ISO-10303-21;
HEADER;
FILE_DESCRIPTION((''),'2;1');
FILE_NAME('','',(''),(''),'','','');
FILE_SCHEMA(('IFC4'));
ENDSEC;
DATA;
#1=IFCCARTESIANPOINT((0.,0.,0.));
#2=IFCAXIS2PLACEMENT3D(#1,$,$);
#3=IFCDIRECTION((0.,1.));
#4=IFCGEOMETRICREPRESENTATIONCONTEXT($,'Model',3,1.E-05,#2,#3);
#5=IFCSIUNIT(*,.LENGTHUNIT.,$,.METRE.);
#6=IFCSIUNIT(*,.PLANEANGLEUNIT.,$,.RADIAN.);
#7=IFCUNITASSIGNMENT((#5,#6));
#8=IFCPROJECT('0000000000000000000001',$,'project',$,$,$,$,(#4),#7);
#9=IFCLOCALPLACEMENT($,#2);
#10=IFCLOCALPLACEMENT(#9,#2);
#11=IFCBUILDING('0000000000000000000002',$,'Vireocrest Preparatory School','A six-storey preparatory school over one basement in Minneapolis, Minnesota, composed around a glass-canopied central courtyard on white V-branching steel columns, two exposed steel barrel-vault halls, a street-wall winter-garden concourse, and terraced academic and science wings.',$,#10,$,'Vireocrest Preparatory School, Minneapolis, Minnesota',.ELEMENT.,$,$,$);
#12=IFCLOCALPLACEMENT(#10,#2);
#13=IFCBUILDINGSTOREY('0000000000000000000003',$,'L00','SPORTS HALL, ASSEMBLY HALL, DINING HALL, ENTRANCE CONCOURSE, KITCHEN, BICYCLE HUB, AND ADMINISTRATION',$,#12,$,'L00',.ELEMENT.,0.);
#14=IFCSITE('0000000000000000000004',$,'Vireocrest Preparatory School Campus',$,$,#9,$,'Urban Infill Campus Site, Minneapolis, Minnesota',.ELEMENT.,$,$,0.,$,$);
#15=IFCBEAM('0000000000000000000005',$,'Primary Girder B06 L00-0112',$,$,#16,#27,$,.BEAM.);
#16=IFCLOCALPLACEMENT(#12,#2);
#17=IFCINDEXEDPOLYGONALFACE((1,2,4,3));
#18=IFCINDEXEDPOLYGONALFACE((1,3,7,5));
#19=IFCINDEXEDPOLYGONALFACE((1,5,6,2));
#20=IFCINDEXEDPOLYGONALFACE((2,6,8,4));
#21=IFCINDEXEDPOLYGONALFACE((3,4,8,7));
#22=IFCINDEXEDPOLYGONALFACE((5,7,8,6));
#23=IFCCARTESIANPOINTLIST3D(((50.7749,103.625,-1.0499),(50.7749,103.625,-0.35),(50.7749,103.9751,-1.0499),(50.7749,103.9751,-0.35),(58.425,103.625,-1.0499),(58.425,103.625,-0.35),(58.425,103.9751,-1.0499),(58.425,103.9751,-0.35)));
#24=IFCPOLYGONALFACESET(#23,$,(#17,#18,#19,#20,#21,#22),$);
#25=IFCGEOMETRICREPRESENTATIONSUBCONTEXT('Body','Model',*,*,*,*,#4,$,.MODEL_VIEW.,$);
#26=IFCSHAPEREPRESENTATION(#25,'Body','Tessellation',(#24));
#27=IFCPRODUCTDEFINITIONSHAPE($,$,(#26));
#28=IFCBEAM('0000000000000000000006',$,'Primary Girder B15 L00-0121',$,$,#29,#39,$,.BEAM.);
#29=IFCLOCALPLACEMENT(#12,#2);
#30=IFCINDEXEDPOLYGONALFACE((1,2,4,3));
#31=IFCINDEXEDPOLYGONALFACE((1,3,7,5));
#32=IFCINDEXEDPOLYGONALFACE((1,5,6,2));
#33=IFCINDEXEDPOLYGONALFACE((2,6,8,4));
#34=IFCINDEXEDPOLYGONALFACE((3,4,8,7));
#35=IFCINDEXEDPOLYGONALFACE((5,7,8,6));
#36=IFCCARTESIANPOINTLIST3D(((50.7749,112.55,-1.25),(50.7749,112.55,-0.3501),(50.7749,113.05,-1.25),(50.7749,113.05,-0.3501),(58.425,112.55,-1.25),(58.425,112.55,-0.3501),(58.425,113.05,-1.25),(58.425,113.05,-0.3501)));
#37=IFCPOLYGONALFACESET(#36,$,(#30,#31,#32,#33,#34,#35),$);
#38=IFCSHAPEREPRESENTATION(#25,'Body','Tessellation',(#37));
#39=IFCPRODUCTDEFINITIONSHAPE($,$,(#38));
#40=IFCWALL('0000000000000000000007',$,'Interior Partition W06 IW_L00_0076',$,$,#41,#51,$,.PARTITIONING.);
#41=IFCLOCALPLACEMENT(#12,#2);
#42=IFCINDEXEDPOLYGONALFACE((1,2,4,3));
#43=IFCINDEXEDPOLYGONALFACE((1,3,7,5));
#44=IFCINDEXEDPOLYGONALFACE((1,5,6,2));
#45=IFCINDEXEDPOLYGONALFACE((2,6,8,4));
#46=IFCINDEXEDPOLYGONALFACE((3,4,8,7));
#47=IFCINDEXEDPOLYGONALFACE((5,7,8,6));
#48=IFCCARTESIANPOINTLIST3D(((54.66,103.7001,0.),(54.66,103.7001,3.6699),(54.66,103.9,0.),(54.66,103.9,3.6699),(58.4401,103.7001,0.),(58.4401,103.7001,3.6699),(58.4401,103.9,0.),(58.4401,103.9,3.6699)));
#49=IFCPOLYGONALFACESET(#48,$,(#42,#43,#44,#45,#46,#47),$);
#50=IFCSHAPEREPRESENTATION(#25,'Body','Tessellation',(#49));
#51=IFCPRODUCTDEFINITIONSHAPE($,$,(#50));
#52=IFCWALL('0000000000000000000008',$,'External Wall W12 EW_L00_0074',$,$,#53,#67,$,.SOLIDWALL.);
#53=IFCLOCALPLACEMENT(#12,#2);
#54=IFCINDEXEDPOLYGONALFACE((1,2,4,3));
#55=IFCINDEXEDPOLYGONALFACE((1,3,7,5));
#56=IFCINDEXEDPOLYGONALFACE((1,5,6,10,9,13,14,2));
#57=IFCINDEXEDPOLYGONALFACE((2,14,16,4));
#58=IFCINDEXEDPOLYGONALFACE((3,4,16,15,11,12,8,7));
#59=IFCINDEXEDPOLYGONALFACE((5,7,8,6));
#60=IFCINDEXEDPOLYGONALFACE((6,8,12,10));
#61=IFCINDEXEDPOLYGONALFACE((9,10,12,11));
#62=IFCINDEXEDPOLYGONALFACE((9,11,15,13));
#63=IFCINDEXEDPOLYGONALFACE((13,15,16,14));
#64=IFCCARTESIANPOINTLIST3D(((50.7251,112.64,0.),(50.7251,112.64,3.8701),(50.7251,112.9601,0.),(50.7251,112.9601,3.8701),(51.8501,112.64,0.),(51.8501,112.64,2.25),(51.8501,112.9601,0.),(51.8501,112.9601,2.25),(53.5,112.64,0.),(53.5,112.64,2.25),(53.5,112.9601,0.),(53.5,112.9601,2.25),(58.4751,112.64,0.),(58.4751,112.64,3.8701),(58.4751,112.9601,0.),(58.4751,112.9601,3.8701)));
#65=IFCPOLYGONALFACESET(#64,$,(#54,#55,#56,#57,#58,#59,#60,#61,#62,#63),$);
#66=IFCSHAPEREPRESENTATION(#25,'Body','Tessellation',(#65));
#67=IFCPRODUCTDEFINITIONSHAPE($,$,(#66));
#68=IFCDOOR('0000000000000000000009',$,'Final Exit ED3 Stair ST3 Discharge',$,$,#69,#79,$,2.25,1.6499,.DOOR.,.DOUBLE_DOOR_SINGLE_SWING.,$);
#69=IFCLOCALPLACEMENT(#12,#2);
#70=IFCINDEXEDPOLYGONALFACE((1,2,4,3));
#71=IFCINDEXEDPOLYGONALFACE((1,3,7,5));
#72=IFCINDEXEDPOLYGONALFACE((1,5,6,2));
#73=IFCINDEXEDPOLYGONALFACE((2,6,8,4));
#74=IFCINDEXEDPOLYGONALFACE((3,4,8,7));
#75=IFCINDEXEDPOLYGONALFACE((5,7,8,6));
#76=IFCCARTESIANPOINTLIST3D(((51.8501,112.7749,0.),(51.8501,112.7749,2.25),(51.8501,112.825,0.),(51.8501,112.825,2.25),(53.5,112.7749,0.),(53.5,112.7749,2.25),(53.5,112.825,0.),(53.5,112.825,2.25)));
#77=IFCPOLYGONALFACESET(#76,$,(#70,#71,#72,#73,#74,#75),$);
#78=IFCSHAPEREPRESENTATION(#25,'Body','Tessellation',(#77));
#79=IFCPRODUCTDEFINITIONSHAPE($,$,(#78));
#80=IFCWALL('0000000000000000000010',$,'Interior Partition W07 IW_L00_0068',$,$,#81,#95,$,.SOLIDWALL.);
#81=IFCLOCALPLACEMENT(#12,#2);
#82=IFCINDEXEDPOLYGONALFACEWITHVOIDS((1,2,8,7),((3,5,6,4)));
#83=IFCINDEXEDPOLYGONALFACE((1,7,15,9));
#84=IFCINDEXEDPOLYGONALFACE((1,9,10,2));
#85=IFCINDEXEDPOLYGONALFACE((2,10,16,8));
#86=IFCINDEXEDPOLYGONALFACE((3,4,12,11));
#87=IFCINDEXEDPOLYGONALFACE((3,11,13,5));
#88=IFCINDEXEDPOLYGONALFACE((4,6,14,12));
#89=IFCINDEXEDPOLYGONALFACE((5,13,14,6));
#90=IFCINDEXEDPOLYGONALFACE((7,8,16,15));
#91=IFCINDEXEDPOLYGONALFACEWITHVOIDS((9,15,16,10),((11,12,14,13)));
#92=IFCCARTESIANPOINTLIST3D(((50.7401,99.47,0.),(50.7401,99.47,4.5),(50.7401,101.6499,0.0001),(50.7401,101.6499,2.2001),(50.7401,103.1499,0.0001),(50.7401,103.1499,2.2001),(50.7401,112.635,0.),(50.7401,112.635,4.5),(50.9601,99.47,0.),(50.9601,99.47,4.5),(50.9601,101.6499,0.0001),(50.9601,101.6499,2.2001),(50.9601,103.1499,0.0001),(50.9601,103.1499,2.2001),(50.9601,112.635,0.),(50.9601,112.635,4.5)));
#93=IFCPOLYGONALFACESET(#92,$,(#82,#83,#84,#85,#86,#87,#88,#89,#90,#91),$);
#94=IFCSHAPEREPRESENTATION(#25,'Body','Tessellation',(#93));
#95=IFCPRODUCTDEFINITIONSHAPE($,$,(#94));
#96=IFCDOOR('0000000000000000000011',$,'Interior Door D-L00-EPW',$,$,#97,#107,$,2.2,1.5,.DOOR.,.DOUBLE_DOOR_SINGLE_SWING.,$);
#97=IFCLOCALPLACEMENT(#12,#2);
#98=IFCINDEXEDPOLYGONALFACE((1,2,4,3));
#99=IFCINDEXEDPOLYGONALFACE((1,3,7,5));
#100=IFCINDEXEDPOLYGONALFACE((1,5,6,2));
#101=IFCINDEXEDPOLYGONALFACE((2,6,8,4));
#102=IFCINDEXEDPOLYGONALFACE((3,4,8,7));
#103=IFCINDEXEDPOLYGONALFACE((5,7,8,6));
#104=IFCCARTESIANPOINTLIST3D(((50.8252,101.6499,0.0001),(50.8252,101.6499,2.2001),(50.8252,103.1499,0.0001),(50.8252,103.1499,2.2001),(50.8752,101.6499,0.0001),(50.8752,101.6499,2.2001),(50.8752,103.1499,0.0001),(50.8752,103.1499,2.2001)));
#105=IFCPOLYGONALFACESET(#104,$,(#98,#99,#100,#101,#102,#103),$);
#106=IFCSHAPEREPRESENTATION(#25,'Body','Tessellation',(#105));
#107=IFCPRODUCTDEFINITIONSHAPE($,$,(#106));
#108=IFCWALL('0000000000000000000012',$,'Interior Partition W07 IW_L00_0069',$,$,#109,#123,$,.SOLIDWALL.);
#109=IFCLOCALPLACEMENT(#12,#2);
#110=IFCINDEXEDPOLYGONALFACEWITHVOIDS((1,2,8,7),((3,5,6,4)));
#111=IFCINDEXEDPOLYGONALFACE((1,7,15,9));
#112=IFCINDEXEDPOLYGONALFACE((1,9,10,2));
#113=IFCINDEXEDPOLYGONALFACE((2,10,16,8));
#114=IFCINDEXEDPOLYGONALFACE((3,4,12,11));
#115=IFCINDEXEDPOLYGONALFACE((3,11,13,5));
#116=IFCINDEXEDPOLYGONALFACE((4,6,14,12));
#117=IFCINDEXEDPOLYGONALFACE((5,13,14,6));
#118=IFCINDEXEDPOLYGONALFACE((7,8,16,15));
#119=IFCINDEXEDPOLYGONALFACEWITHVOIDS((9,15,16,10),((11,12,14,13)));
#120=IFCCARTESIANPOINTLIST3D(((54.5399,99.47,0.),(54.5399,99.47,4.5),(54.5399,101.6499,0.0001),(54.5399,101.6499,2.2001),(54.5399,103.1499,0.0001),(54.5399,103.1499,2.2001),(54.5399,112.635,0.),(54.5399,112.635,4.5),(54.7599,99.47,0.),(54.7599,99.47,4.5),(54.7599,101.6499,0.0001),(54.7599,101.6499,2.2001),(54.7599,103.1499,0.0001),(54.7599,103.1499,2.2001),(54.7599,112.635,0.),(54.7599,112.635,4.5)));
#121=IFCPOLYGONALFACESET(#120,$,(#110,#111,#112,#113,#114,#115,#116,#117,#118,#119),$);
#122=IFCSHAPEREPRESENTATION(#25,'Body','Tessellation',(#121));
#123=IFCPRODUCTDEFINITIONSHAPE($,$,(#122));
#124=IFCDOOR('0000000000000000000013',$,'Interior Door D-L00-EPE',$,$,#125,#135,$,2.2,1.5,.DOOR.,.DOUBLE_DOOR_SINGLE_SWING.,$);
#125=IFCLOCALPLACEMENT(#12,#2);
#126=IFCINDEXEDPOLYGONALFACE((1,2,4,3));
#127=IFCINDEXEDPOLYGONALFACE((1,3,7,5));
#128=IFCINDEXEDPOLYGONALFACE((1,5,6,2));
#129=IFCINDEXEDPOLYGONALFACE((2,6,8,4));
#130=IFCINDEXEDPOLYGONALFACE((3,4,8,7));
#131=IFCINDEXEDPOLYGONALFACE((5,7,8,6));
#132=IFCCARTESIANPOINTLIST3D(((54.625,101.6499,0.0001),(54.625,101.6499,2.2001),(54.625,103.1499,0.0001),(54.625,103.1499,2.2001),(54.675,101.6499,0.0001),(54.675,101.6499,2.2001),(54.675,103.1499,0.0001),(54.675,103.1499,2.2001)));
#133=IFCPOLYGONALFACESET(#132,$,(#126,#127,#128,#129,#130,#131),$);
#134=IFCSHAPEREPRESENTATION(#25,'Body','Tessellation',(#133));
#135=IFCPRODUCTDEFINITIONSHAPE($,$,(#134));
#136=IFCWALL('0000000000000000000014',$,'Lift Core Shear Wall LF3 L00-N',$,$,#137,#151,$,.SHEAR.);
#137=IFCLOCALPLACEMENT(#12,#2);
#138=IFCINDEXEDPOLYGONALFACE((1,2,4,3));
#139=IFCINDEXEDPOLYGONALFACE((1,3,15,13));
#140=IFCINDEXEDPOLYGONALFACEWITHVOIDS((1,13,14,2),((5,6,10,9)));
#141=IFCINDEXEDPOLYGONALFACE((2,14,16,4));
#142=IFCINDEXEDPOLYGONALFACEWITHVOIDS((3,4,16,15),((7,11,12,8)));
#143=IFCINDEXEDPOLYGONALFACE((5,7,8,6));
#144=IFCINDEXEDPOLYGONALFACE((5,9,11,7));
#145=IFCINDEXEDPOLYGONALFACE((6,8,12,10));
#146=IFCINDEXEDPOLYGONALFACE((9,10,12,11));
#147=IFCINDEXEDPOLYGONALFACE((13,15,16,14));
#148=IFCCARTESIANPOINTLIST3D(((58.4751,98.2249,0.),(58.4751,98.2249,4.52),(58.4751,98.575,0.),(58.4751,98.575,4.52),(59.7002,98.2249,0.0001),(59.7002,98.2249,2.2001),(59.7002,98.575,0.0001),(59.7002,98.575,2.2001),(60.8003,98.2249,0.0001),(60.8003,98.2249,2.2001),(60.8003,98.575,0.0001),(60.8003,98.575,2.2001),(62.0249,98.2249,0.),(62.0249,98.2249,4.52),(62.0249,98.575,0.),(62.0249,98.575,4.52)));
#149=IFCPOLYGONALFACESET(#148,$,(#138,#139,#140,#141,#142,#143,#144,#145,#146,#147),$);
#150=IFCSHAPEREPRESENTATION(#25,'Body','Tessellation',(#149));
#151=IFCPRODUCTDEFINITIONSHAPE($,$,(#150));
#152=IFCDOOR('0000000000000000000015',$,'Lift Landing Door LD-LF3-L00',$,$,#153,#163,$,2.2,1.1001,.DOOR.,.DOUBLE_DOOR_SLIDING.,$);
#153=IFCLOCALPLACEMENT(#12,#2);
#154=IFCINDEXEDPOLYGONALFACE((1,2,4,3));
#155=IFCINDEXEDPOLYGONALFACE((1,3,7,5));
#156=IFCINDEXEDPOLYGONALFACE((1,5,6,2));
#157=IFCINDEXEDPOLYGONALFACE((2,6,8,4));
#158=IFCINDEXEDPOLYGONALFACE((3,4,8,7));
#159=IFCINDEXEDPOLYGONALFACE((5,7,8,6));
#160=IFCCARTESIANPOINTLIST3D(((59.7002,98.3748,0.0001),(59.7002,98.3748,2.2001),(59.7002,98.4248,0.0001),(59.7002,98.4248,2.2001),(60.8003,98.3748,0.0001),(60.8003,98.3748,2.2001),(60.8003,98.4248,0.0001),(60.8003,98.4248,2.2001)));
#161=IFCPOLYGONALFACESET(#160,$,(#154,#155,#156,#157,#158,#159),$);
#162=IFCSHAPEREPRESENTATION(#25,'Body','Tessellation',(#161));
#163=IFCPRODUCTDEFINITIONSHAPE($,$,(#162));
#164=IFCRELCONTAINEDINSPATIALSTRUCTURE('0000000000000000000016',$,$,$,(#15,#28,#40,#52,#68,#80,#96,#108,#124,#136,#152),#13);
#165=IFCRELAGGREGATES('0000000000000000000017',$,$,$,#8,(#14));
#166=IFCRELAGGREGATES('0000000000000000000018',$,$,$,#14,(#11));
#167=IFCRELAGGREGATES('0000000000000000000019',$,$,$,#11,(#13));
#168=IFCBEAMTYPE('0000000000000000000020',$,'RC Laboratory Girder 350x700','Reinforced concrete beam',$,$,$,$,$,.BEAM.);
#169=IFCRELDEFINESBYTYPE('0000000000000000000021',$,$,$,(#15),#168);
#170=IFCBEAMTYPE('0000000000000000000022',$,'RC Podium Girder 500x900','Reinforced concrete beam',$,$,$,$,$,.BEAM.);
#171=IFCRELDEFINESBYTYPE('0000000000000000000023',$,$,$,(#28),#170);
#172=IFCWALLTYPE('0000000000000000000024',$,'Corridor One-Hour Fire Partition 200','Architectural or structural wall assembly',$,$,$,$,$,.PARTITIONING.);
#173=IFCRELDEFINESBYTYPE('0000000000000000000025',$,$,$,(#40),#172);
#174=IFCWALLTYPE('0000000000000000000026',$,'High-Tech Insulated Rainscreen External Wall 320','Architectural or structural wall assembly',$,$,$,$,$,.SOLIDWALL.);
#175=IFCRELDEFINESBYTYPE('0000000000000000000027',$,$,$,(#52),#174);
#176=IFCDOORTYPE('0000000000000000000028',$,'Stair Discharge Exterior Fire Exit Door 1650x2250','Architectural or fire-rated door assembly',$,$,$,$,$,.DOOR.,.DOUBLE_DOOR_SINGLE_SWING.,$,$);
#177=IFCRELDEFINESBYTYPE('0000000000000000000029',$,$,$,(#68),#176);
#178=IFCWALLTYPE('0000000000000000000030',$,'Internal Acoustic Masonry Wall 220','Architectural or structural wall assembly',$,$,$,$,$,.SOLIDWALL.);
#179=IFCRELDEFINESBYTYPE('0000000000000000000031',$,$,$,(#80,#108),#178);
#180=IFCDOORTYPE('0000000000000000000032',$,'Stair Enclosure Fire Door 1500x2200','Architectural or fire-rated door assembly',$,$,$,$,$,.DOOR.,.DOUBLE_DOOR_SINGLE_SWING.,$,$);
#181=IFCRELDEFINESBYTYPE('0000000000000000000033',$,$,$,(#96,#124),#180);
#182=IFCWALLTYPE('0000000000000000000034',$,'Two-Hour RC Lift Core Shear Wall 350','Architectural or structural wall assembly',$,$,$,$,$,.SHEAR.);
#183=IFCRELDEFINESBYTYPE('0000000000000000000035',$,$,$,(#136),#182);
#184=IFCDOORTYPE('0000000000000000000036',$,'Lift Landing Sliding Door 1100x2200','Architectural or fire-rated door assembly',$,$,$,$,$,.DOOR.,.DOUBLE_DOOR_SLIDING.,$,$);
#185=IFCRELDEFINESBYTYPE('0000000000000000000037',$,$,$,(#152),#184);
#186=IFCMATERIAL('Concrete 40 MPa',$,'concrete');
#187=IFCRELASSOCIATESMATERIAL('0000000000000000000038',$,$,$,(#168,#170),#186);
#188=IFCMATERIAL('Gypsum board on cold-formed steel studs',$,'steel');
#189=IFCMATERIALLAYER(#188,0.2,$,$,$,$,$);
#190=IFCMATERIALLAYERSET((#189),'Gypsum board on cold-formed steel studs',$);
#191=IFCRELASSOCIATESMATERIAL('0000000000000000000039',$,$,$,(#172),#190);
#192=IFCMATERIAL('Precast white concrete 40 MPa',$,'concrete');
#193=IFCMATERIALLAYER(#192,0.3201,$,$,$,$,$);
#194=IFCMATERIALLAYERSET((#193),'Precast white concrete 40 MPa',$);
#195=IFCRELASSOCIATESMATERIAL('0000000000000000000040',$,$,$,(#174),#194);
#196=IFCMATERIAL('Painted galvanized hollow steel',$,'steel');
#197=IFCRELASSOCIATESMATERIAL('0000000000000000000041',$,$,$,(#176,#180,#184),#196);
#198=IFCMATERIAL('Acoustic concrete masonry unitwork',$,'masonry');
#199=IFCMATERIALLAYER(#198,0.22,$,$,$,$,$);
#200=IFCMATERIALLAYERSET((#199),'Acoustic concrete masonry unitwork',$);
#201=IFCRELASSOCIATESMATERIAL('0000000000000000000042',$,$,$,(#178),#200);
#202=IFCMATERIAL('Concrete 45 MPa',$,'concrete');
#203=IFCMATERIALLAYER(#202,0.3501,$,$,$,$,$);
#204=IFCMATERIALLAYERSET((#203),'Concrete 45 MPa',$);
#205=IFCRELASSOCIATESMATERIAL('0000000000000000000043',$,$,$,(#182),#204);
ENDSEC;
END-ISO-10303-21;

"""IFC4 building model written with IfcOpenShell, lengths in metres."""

from ifc_helpers import new_model, si_unit, direction, frame, frame_2d, origin, origin_2d, place, context, subcontext, project, spatial, rectangle, extrude, material, layer, layer_set, material_profile, profile_set, type_object, element, fill, save


model = new_model("IFC4")

# Units and contexts
model_context = context("Model", 3, precision=1e-05, world=origin(), true_north=direction((0.0, 1.0)))
body_context = subcontext(model_context, "Body", "Model", "MODEL_VIEW")
ifc_project = project(units=[si_unit("LENGTHUNIT", "METRE"), si_unit("PLANEANGLEUNIT", "RADIAN")], contexts=[model_context])

# Site, building, storey
site_placement = place(None, origin())
site = spatial("IfcSite", under=ifc_project, at=site_placement, Name="Vireocrest Preparatory School Campus", LongName="Urban Infill Campus Site, Minneapolis, Minnesota", CompositionType="ELEMENT", RefElevation=0.0)
building_placement = place(site_placement, origin())
building = spatial("IfcBuilding", under=site, at=building_placement, Name="Vireocrest Preparatory School", Description="A six-storey preparatory school over one basement in Minneapolis, Minnesota, composed around a glass-canopied central courtyard on white V-branching steel columns, two exposed steel barrel-vault halls, a street-wall winter-garden concourse, and terraced academic and science wings.", LongName="Vireocrest Preparatory School, Minneapolis, Minnesota", CompositionType="ELEMENT")
storey_placement = place(building_placement, origin())
storey = spatial("IfcBuildingStorey", under=building, at=storey_placement, Name="L00", Description="SPORTS HALL, ASSEMBLY HALL, DINING HALL, ENTRANCE CONCOURSE, KITCHEN, BICYCLE HUB, AND ADMINISTRATION", LongName="L00", CompositionType="ELEMENT", Elevation=0.0)

# Beams
ifc_material_1 = material(Name="Concrete 40 MPa", Category="concrete")
ifc_material_profile_1 = material_profile(ifc_material_1, rectangle(XDim=0.3501, YDim=0.7, at=origin_2d()), Name="RC 350x700")
ifc_profile_set_1 = profile_set([ifc_material_profile_1], Name="Concrete 40 MPa")
beam_type_1 = type_object("IfcBeamType", Name="RC Laboratory Girder 350x700", Description="Reinforced concrete beam", PredefinedType="BEAM", material=ifc_profile_set_1)
beam_1_placement = place(storey_placement, frame((50.7749, 103.8, -0.7), z_axis=(1.0, 0.0, 0.0), x_axis=(0.0, 1.0, 0.0)))
element("IfcBeam", 1, at=beam_1_placement, inside=storey, type_object=beam_type_1, Name="Primary Girder B06 L00-0112", PredefinedType="BEAM", context=body_context, shape_type="SweptSolid", body=[
    extrude(rectangle(XDim=0.3501, YDim=0.7, at=origin_2d()), origin(), (0.0, 0.0, 1.0), 7.6501),
])
ifc_material_profile_2 = material_profile(ifc_material_1, rectangle(XDim=0.5, YDim=0.8999, at=origin_2d()), Name="RC 500x900")
ifc_profile_set_2 = profile_set([ifc_material_profile_2], Name="Concrete 40 MPa")
beam_type_2 = type_object("IfcBeamType", Name="RC Podium Girder 500x900", Description="Reinforced concrete beam", PredefinedType="BEAM", material=ifc_profile_set_2)
beam_2_placement = place(storey_placement, frame((50.7749, 112.8, -0.8), z_axis=(1.0, 0.0, 0.0), x_axis=(0.0, 1.0, 0.0)))
element("IfcBeam", 2, at=beam_2_placement, inside=storey, type_object=beam_type_2, Name="Primary Girder B15 L00-0121", PredefinedType="BEAM", context=body_context, shape_type="SweptSolid", body=[
    extrude(rectangle(XDim=0.5, YDim=0.8999, at=origin_2d()), origin(), (0.0, 0.0, 1.0), 7.6501),
])

# Wall
ifc_material_2 = material(Name="Gypsum board on cold-formed steel studs", Category="steel")
ifc_layer_1 = layer(ifc_material_2, 0.2)
ifc_layer_set_1 = layer_set([ifc_layer_1], Name="Gypsum board on cold-formed steel studs")
wall_type_1 = type_object("IfcWallType", Name="Corridor One-Hour Fire Partition 200", Description="Architectural or structural wall assembly", PredefinedType="PARTITIONING", material=ifc_layer_set_1)
wall_1_placement = place(storey_placement, frame((54.6599, 103.8, 0.0), z_axis=(0.0, 0.0, 1.0), x_axis=(1.0, 0.0, 0.0)))
element("IfcWall", 3, at=wall_1_placement, inside=storey, type_object=wall_type_1, Name="Interior Partition W06 IW_L00_0076", PredefinedType="PARTITIONING", context=body_context, shape_type="SweptSolid", body=[
    extrude(rectangle(XDim=3.78, YDim=0.2, at=frame_2d((1.8901, 0.0))), origin(), (0.0, 0.0, 1.0), 3.6699),
])

# Walls, openings, doors
ifc_material_3 = material(Name="Precast white concrete 40 MPa", Category="concrete")
ifc_layer_2 = layer(ifc_material_3, 0.3201)
ifc_layer_set_2 = layer_set([ifc_layer_2], Name="Precast white concrete 40 MPa")
wall_type_2 = type_object("IfcWallType", Name="High-Tech Insulated Rainscreen External Wall 320", Description="Architectural or structural wall assembly", PredefinedType="SOLIDWALL", material=ifc_layer_set_2)
wall_2_placement = place(storey_placement, frame((50.7251, 112.8, 0.0), z_axis=(0.0, 0.0, 1.0), x_axis=(1.0, 0.0, 0.0)))
wall_2 = element("IfcWall", 4, at=wall_2_placement, inside=storey, type_object=wall_type_2, Name="External Wall W12 EW_L00_0074", PredefinedType="SOLIDWALL", context=body_context, shape_type="SweptSolid", body=[
    extrude(rectangle(XDim=7.75, YDim=0.3201, at=frame_2d((3.875, 0.0))), origin(), (0.0, 0.0, 1.0), 3.8701),
])
opening_1_placement = place(wall_2_placement, frame((1.125, 0.0, 0.0)))
opening_1 = element("IfcOpeningElement", 5, at=opening_1_placement, cuts=wall_2, PredefinedType="OPENING", context=body_context, shape_type="SweptSolid", body=[
    extrude(rectangle(XDim=1.6499, YDim=2.25, at=frame_2d((0.825, 1.125))), frame((0.0, 0.1699, 0.0), z_axis=(0.0, -1.0, 0.0), x_axis=(1.0, 0.0, 0.0)), (0.0, 0.0, 1.0), 0.3401),
])
ifc_material_4 = material(Name="Painted galvanized hollow steel", Category="steel")
door_type_1 = type_object("IfcDoorType", Name="Stair Discharge Exterior Fire Exit Door 1650x2250", Description="Architectural or fire-rated door assembly", OperationType="DOUBLE_DOOR_SINGLE_SWING", PredefinedType="DOOR", material=ifc_material_4)
door_1_placement = place(opening_1_placement, origin())
door_1 = element("IfcDoor", 6, at=door_1_placement, inside=storey, type_object=door_type_1, Name="Final Exit ED3 Stair ST3 Discharge", OperationType="DOUBLE_DOOR_SINGLE_SWING", OverallHeight=2.25, OverallWidth=1.6499, PredefinedType="DOOR", context=body_context, shape_type="SweptSolid", body=[
    extrude(rectangle(XDim=1.6499, YDim=2.25, at=frame_2d((0.825, 1.125))), frame((0.0, 0.0249, 0.0), z_axis=(0.0, -1.0, 0.0), x_axis=(1.0, 0.0, 0.0)), (0.0, 0.0, 1.0), 0.05),
])
fill(opening_1, door_1)
ifc_material_5 = material(Name="Acoustic concrete masonry unitwork", Category="masonry")
ifc_layer_3 = layer(ifc_material_5, 0.22)
ifc_layer_set_3 = layer_set([ifc_layer_3], Name="Acoustic concrete masonry unitwork")
wall_type_3 = type_object("IfcWallType", Name="Internal Acoustic Masonry Wall 220", Description="Architectural or structural wall assembly", PredefinedType="SOLIDWALL", material=ifc_layer_set_3)
wall_3_placement = place(storey_placement, frame((50.8501, 99.47, 0.0), z_axis=(0.0, 0.0, 1.0), x_axis=(0.0, 1.0, 0.0)))
wall_3 = element("IfcWall", 7, at=wall_3_placement, inside=storey, type_object=wall_type_3, Name="Interior Partition W07 IW_L00_0068", PredefinedType="SOLIDWALL", context=body_context, shape_type="SweptSolid", body=[
    extrude(rectangle(XDim=13.165, YDim=0.22, at=frame_2d((6.5825, 0.0))), origin(), (0.0, 0.0, 1.0), 4.5),
])
opening_2_placement = place(wall_3_placement, frame((2.1799, 0.0, 0.0)))
opening_2 = element("IfcOpeningElement", 8, at=opening_2_placement, cuts=wall_3, PredefinedType="OPENING", context=body_context, shape_type="SweptSolid", body=[
    extrude(rectangle(XDim=1.5, YDim=2.2, at=frame_2d((0.75, 1.1001))), frame((0.0, 0.1199, 0.0), z_axis=(0.0, -1.0, 0.0), x_axis=(1.0, 0.0, 0.0)), (0.0, 0.0, 1.0), 0.24),
])
door_type_2 = type_object("IfcDoorType", Name="Stair Enclosure Fire Door 1500x2200", Description="Architectural or fire-rated door assembly", OperationType="DOUBLE_DOOR_SINGLE_SWING", PredefinedType="DOOR", material=ifc_material_4)
door_2_placement = place(opening_2_placement, origin())
door_2 = element("IfcDoor", 9, at=door_2_placement, inside=storey, type_object=door_type_2, Name="Interior Door D-L00-EPW", OperationType="DOUBLE_DOOR_SINGLE_SWING", OverallHeight=2.2, OverallWidth=1.5, PredefinedType="DOOR", context=body_context, shape_type="SweptSolid", body=[
    extrude(rectangle(XDim=1.5, YDim=2.2, at=frame_2d((0.75, 1.1001))), frame((0.0, 0.0249, 0.0), z_axis=(0.0, -1.0, 0.0), x_axis=(1.0, 0.0, 0.0)), (0.0, 0.0, 1.0), 0.05),
])
fill(opening_2, door_2)
wall_4_placement = place(storey_placement, frame((54.6499, 99.47, 0.0), z_axis=(0.0, 0.0, 1.0), x_axis=(0.0, 1.0, 0.0)))
wall_4 = element("IfcWall", 10, at=wall_4_placement, inside=storey, type_object=wall_type_3, Name="Interior Partition W07 IW_L00_0069", PredefinedType="SOLIDWALL", context=body_context, shape_type="SweptSolid", body=[
    extrude(rectangle(XDim=13.165, YDim=0.22, at=frame_2d((6.5825, 0.0))), origin(), (0.0, 0.0, 1.0), 4.5),
])
opening_3_placement = place(wall_4_placement, frame((2.1799, 0.0, 0.0)))
opening_3 = element("IfcOpeningElement", 11, at=opening_3_placement, cuts=wall_4, PredefinedType="OPENING", context=body_context, shape_type="SweptSolid", body=[
    extrude(rectangle(XDim=1.5, YDim=2.2, at=frame_2d((0.75, 1.1001))), frame((0.0, 0.1199, 0.0), z_axis=(0.0, -1.0, 0.0), x_axis=(1.0, 0.0, 0.0)), (0.0, 0.0, 1.0), 0.24),
])
door_3_placement = place(opening_3_placement, origin())
door_3 = element("IfcDoor", 12, at=door_3_placement, inside=storey, type_object=door_type_2, Name="Interior Door D-L00-EPE", OperationType="DOUBLE_DOOR_SINGLE_SWING", OverallHeight=2.2, OverallWidth=1.5, PredefinedType="DOOR", context=body_context, shape_type="SweptSolid", body=[
    extrude(rectangle(XDim=1.5, YDim=2.2, at=frame_2d((0.75, 1.1001))), frame((0.0, 0.0249, 0.0), z_axis=(0.0, -1.0, 0.0), x_axis=(1.0, 0.0, 0.0)), (0.0, 0.0, 1.0), 0.05),
])
fill(opening_3, door_3)
ifc_material_6 = material(Name="Concrete 45 MPa", Category="concrete")
ifc_layer_4 = layer(ifc_material_6, 0.3501)
ifc_layer_set_4 = layer_set([ifc_layer_4], Name="Concrete 45 MPa")
wall_type_4 = type_object("IfcWallType", Name="Two-Hour RC Lift Core Shear Wall 350", Description="Architectural or structural wall assembly", PredefinedType="SHEAR", material=ifc_layer_set_4)
wall_5_placement = place(storey_placement, frame((58.4751, 98.3999, 0.0), z_axis=(0.0, 0.0, 1.0), x_axis=(1.0, 0.0, 0.0)))
wall_5 = element("IfcWall", 13, at=wall_5_placement, inside=storey, type_object=wall_type_4, Name="Lift Core Shear Wall LF3 L00-N", PredefinedType="SHEAR", context=body_context, shape_type="SweptSolid", body=[
    extrude(rectangle(XDim=3.5498, YDim=0.3501, at=frame_2d((1.7749, 0.0))), origin(), (0.0, 0.0, 1.0), 4.52),
])
opening_4_placement = place(wall_5_placement, frame((1.2251, 0.0, 0.0)))
opening_4 = element("IfcOpeningElement", 14, at=opening_4_placement, cuts=wall_5, PredefinedType="OPENING", context=body_context, shape_type="SweptSolid", body=[
    extrude(rectangle(XDim=1.1001, YDim=2.2, at=frame_2d((0.55, 1.1001))), frame((0.0, 0.1851, 0.0), z_axis=(0.0, -1.0, 0.0), x_axis=(1.0, 0.0, 0.0)), (0.0, 0.0, 1.0), 0.3701),
])
door_type_3 = type_object("IfcDoorType", Name="Lift Landing Sliding Door 1100x2200", Description="Architectural or fire-rated door assembly", OperationType="DOUBLE_DOOR_SLIDING", PredefinedType="DOOR", material=ifc_material_4)
door_4_placement = place(opening_4_placement, origin())
door_4 = element("IfcDoor", 15, at=door_4_placement, inside=storey, type_object=door_type_3, Name="Lift Landing Door LD-LF3-L00", OperationType="DOUBLE_DOOR_SLIDING", OverallHeight=2.2, OverallWidth=1.1001, PredefinedType="DOOR", context=body_context, shape_type="SweptSolid", body=[
    extrude(rectangle(XDim=1.1001, YDim=2.2, at=frame_2d((0.55, 1.1001))), frame((0.0, 0.0249, 0.0), z_axis=(0.0, -1.0, 0.0), x_axis=(1.0, 0.0, 0.0)), (0.0, 0.0, 1.0), 0.05),
])
fill(opening_4, door_4)

save(model, "model.ifc")
